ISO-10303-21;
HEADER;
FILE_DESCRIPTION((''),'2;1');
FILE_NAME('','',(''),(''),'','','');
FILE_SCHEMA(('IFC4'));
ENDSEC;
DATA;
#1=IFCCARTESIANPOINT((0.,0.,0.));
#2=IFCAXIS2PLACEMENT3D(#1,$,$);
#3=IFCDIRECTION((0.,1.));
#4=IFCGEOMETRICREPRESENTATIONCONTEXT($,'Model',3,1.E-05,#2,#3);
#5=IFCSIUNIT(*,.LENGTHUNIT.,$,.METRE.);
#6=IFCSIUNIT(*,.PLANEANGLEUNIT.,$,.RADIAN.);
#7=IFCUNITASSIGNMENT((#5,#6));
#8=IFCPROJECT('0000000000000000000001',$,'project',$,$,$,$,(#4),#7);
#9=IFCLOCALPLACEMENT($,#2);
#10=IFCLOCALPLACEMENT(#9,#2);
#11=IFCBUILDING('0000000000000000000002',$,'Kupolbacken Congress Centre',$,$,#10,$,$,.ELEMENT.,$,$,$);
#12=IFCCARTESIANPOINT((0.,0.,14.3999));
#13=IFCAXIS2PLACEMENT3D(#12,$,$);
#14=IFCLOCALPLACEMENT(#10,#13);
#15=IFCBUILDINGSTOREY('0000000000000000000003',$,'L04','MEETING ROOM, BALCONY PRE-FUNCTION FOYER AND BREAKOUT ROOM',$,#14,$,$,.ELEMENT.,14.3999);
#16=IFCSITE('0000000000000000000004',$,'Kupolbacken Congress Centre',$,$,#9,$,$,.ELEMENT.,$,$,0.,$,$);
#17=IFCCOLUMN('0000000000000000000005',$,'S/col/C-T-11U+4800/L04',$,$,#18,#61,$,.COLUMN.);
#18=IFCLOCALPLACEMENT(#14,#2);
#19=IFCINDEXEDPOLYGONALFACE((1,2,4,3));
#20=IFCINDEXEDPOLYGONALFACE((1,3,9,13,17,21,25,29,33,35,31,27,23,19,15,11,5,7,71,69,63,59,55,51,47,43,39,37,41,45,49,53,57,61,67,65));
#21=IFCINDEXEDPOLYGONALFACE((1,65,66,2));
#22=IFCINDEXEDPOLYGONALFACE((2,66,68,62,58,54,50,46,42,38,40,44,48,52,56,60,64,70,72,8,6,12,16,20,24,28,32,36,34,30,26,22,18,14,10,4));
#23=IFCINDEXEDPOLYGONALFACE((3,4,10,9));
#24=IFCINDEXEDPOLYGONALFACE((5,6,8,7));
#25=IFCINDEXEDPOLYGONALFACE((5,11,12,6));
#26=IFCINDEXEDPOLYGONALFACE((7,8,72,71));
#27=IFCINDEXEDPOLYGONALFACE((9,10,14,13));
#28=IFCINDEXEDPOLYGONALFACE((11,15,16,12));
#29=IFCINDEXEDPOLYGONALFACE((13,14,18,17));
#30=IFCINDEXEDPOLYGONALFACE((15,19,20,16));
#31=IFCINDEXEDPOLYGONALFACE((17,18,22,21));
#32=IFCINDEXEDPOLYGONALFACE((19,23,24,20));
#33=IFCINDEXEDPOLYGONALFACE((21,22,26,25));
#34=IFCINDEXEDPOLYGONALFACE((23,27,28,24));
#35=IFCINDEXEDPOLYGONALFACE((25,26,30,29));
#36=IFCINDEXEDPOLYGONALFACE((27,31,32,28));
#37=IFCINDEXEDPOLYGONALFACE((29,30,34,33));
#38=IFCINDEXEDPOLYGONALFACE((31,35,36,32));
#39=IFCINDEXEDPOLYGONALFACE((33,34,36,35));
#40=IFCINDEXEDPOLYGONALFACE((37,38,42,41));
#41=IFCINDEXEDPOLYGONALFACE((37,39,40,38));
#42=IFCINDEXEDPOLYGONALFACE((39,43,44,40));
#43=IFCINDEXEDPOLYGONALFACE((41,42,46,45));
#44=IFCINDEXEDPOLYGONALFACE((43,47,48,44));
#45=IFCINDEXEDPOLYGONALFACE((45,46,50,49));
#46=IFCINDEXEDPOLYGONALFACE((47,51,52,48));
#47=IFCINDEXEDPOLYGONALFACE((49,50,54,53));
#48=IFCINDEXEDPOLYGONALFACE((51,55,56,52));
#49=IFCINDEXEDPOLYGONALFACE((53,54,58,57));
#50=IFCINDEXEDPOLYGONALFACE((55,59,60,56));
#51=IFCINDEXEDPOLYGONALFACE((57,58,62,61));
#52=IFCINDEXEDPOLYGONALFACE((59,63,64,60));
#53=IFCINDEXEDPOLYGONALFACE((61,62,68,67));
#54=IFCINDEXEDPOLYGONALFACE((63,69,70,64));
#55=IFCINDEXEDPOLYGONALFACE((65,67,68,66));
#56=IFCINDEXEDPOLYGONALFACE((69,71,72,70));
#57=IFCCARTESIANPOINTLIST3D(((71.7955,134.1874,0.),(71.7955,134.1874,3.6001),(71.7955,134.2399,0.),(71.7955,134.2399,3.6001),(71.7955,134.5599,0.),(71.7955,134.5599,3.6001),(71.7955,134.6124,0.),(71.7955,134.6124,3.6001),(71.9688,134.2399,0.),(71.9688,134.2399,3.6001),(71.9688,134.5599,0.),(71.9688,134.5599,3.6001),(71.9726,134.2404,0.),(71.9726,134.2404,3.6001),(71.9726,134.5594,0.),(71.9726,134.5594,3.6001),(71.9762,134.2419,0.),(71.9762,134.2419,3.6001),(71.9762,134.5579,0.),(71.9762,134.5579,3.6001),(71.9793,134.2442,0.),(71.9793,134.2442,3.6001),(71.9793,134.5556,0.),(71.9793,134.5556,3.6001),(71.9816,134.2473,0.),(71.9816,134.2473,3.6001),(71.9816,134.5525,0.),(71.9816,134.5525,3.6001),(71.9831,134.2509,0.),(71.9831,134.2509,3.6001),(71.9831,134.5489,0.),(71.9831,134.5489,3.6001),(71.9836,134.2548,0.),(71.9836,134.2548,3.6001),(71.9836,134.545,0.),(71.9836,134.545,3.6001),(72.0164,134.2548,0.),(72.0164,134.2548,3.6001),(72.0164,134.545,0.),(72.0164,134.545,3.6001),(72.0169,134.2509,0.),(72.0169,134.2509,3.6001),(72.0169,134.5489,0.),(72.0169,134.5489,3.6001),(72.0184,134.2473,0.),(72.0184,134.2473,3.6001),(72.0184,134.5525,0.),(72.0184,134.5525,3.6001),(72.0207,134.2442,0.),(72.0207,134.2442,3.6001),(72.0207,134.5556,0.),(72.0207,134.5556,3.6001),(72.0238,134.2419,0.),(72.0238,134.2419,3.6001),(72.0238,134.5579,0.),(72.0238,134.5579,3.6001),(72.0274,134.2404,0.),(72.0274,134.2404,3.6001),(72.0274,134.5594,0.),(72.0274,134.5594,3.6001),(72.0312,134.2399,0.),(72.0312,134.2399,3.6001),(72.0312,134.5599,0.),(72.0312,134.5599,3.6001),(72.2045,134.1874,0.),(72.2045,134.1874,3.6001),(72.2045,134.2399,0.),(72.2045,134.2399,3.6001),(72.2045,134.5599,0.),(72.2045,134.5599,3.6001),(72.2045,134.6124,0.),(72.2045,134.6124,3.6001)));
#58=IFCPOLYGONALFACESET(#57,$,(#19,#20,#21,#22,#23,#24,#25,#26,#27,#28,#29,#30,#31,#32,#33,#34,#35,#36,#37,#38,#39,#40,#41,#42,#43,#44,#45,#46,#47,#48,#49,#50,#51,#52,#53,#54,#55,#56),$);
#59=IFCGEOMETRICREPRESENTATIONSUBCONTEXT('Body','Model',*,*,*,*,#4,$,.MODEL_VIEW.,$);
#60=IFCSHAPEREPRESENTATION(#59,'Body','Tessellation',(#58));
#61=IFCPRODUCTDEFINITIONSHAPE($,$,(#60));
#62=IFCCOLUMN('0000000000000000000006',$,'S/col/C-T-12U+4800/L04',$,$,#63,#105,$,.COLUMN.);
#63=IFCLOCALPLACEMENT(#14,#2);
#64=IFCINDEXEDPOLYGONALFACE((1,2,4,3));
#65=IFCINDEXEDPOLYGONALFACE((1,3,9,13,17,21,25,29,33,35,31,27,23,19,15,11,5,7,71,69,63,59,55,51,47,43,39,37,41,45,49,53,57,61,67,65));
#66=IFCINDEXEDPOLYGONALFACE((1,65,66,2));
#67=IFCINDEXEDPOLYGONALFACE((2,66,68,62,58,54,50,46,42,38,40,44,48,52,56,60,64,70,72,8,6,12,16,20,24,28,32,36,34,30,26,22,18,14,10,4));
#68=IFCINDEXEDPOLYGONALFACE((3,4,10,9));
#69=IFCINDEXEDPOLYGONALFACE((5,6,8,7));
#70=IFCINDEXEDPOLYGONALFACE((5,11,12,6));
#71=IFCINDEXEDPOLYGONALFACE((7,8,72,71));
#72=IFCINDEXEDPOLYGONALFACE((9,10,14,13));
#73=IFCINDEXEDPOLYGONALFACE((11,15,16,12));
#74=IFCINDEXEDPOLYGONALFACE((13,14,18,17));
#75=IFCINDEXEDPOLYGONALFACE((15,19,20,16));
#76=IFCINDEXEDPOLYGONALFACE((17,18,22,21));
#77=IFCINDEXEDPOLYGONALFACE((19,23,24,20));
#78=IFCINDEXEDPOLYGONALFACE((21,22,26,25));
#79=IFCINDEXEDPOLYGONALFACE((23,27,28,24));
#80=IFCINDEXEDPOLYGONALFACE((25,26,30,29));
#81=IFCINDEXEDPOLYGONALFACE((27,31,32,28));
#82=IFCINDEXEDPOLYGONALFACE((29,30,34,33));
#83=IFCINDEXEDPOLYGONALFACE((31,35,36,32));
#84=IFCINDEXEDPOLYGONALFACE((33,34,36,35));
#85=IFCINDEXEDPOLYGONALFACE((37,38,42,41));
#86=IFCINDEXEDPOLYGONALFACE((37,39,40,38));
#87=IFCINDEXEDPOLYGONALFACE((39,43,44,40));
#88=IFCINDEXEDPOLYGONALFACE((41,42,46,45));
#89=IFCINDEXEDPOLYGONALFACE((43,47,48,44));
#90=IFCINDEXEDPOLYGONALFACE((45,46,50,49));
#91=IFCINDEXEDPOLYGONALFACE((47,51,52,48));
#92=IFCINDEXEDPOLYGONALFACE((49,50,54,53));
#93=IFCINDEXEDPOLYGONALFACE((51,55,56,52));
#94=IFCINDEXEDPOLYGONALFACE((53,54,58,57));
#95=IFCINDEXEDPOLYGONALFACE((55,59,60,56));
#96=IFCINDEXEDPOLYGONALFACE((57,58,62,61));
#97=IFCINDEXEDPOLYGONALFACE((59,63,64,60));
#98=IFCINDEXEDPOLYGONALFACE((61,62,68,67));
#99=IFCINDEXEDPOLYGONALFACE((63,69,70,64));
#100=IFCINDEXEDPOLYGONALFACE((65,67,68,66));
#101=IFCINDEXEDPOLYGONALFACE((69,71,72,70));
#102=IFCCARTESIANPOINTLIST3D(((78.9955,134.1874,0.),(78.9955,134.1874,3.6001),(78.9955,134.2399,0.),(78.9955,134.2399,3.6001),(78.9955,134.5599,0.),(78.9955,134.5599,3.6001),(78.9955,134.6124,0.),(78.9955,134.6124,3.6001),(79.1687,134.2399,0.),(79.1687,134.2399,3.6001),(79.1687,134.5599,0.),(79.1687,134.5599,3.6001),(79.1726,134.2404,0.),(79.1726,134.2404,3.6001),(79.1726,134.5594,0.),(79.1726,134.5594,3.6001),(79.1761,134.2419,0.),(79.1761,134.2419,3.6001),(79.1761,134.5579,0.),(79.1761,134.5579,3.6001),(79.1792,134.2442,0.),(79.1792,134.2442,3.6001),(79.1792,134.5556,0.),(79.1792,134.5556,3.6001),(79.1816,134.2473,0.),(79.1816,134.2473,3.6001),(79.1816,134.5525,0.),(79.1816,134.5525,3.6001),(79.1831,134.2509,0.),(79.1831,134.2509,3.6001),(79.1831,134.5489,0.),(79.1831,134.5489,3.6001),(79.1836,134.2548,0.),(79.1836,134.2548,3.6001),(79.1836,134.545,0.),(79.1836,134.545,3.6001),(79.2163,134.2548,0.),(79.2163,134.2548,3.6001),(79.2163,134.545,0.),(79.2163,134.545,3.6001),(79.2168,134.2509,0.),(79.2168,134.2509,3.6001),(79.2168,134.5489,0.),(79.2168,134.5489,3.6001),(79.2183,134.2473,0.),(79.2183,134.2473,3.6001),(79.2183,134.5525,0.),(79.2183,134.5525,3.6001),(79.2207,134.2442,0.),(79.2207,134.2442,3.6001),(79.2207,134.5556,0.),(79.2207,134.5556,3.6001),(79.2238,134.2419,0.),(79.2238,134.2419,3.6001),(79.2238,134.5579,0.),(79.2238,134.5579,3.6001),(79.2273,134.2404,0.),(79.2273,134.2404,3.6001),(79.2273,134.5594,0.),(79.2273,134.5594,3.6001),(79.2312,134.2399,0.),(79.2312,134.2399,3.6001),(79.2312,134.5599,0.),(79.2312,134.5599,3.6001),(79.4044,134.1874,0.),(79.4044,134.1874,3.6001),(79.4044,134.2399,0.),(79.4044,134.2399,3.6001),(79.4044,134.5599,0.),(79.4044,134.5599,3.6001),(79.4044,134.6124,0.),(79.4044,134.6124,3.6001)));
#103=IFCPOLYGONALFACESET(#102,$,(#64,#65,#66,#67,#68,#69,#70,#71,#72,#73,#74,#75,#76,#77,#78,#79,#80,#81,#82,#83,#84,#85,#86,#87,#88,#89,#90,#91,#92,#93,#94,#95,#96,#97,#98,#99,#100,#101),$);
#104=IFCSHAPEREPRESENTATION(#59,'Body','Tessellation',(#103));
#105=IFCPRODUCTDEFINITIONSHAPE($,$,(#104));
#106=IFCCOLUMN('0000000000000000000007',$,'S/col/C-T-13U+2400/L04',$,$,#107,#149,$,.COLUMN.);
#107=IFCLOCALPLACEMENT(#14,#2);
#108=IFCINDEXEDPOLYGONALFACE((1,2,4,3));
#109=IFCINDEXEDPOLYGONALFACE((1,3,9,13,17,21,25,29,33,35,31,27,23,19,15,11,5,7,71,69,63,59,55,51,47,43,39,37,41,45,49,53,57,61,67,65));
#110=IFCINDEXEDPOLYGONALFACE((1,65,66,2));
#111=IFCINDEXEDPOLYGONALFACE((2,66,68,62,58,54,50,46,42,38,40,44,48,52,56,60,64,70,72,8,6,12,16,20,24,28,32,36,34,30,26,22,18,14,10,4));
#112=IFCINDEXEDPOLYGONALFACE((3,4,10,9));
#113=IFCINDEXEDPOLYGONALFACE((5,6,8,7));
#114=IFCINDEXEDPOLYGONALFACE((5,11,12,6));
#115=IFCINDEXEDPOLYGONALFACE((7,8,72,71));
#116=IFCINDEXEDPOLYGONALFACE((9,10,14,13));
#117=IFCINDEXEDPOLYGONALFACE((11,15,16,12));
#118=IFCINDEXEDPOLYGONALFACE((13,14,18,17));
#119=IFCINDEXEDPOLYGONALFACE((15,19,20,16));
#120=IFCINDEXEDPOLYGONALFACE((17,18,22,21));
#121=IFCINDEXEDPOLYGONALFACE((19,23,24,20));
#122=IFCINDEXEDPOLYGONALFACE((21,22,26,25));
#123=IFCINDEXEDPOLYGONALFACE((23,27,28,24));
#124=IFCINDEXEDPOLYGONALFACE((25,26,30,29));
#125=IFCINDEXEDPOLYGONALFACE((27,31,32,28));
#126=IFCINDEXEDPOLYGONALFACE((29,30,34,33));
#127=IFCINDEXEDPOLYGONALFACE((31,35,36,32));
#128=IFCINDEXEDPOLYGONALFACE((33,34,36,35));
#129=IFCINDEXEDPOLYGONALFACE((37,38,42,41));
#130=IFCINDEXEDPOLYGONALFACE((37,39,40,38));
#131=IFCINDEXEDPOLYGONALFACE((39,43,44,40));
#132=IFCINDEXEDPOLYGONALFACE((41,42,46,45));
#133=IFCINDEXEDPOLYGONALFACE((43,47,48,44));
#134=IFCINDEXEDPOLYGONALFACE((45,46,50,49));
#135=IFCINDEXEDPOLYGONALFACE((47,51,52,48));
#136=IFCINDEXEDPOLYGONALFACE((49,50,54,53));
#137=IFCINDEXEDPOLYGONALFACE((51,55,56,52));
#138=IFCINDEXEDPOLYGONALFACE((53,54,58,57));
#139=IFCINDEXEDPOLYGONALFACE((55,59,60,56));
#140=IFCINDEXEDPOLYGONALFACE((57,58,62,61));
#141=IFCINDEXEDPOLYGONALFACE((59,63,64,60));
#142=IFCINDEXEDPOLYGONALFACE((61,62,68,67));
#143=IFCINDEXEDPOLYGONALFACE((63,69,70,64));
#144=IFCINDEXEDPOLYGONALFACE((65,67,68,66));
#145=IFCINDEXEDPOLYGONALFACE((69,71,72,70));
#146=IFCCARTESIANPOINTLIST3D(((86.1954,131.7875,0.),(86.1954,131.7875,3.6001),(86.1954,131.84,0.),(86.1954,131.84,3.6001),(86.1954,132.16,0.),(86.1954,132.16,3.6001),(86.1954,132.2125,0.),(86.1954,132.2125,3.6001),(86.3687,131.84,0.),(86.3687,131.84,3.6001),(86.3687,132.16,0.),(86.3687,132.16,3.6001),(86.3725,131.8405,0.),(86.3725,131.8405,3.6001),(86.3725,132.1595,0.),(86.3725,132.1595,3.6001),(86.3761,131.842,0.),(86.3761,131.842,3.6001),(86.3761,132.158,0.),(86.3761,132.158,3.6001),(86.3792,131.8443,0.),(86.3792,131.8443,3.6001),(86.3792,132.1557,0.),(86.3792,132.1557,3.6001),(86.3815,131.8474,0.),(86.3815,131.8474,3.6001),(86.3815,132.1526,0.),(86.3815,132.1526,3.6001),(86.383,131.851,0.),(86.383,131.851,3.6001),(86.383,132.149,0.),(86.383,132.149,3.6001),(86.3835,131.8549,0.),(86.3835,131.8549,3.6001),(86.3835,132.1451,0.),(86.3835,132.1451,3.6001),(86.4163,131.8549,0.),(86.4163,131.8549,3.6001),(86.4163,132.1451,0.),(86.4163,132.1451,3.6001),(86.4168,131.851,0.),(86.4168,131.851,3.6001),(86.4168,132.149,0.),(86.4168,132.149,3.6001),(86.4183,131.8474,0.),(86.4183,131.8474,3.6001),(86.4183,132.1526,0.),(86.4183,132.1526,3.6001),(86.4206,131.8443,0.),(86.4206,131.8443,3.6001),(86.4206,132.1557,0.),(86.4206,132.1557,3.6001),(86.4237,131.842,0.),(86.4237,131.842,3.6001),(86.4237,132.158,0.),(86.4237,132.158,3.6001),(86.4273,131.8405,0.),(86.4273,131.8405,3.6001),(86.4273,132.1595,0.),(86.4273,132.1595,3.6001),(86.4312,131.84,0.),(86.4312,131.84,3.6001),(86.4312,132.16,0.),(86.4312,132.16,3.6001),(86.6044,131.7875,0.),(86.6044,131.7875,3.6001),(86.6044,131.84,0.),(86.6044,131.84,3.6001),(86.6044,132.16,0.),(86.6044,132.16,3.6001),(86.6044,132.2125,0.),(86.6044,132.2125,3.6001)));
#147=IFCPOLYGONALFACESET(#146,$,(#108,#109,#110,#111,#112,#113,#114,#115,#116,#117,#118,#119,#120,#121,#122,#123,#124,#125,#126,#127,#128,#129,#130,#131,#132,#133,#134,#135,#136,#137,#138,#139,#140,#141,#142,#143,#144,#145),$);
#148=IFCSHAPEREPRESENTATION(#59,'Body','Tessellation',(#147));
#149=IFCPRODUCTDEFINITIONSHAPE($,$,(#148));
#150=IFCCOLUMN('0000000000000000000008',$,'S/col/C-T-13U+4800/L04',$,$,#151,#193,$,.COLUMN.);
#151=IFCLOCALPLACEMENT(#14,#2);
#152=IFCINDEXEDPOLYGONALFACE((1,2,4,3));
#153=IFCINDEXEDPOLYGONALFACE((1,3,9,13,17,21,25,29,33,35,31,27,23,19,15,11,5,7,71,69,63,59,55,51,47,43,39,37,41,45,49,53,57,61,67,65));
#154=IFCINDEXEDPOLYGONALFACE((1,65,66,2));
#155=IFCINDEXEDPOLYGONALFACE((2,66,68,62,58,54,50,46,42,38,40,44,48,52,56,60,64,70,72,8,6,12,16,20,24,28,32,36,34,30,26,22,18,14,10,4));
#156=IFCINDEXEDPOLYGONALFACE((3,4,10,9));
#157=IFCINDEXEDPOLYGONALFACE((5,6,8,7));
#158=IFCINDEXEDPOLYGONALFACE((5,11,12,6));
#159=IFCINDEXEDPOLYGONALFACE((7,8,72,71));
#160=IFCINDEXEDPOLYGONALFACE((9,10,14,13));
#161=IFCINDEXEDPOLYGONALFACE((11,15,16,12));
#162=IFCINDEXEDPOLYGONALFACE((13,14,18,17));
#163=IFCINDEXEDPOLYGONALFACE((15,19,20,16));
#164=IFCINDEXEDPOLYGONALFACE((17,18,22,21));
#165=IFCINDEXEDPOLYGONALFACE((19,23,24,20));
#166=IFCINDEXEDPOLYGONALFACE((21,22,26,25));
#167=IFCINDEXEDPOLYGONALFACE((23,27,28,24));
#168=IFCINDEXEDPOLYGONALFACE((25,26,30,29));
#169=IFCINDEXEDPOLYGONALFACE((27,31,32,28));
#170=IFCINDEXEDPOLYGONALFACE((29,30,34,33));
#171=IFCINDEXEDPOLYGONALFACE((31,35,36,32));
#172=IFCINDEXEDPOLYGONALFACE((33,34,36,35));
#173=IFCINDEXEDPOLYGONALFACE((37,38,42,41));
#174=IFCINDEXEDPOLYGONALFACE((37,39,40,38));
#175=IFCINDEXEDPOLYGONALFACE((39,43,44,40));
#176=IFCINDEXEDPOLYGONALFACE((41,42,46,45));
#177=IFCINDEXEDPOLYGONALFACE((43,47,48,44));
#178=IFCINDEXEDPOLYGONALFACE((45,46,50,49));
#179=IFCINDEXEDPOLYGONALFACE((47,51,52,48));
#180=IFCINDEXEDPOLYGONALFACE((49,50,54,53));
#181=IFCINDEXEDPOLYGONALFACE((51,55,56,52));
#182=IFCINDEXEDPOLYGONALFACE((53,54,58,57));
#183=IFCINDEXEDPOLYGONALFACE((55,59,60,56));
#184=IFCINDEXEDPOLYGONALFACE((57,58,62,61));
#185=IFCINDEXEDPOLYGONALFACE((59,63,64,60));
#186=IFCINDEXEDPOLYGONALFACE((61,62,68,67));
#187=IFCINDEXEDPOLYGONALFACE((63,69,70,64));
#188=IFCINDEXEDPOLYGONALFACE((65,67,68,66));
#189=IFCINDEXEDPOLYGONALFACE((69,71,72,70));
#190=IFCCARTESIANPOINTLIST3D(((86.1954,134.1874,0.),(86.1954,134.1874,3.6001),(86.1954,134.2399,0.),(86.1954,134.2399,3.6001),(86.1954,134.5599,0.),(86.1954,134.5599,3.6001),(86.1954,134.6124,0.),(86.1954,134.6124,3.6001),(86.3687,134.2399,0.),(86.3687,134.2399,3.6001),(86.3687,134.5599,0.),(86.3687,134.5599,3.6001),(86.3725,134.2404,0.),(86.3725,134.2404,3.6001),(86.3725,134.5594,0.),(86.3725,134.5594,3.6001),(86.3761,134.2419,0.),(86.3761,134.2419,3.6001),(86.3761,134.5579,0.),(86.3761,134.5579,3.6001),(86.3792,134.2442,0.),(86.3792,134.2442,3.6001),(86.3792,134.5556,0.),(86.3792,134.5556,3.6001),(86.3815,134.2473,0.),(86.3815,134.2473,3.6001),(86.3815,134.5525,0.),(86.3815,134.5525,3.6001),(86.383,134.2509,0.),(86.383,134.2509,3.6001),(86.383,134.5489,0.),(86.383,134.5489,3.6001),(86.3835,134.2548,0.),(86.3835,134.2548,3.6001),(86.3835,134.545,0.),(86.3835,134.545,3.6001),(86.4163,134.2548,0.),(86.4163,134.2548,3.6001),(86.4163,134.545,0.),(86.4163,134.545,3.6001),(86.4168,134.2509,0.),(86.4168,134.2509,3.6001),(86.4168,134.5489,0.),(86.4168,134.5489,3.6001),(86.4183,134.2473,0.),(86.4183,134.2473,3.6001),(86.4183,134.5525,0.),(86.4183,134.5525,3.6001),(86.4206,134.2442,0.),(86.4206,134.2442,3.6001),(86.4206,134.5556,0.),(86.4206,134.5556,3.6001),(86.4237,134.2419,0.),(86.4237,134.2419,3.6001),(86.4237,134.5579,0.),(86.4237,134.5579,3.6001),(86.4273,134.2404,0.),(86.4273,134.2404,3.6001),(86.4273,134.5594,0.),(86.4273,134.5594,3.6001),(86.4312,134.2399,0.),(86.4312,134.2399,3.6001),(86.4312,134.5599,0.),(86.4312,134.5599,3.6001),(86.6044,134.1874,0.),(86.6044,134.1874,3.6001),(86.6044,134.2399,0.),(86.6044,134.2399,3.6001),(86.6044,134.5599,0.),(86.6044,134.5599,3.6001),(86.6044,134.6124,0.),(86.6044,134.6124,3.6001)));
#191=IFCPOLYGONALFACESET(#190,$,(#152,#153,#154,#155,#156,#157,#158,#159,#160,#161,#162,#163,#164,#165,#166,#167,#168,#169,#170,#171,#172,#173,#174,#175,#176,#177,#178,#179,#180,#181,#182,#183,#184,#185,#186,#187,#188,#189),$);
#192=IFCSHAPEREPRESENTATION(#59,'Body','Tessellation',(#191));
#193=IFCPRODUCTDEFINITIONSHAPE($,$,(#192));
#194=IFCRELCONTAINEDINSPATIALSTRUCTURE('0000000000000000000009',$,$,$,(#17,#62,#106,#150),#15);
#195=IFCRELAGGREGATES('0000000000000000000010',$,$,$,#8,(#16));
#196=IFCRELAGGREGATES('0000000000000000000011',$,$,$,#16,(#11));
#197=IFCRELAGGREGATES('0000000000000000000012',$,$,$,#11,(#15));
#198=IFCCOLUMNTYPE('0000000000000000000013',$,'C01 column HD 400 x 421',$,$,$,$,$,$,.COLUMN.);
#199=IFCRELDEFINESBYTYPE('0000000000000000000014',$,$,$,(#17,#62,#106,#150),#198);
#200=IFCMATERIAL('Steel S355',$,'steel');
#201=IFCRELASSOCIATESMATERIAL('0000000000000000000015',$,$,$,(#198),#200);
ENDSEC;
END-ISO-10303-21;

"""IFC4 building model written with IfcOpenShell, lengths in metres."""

from ifc_helpers import new_model, si_unit, direction, frame, origin, origin_2d, place, context, subcontext, project, spatial, i_section, extrude, material, material_profile, profile_set, type_object, element, save


model = new_model("IFC4")

# Units and contexts
model_context = context("Model", 3, precision=1e-05, world=origin(), true_north=direction((0.0, 1.0)))
body_context = subcontext(model_context, "Body", "Model", "MODEL_VIEW")
ifc_project = project(units=[si_unit("LENGTHUNIT", "METRE"), si_unit("PLANEANGLEUNIT", "RADIAN")], contexts=[model_context])

# Site, building, storey
site_placement = place(None, origin())
site = spatial("IfcSite", under=ifc_project, at=site_placement, Name="Kupolbacken Congress Centre", CompositionType="ELEMENT", RefElevation=0.0)
building_placement = place(site_placement, origin())
building = spatial("IfcBuilding", under=site, at=building_placement, Name="Kupolbacken Congress Centre", CompositionType="ELEMENT")
storey_placement = place(building_placement, frame((0.0, 0.0, 14.3999)))
storey = spatial("IfcBuildingStorey", under=building, at=storey_placement, Name="L04", Description="MEETING ROOM, BALCONY PRE-FUNCTION FOYER AND BREAKOUT ROOM", CompositionType="ELEMENT", Elevation=14.3999)

# Columns
ifc_material_1 = material(Name="Steel S355", Category="steel")
ifc_material_profile_1 = material_profile(ifc_material_1, i_section(OverallWidth=0.4089, OverallDepth=0.425, WebThickness=0.0327, FlangeThickness=0.0525, FilletRadius=0.0149, at=origin_2d()), Name="HD 400 x 421")
ifc_profile_set_1 = profile_set([ifc_material_profile_1], Name="Steel S355")
column_type_1 = type_object("IfcColumnType", Name="C01 column HD 400 x 421", PredefinedType="COLUMN", material=ifc_profile_set_1)
for number, where, z_axis, x_axis, name in (
    (1, (72.0, 134.3999, 0.0), (0.0, 0.0, 1.0), (1.0, 0.0, 0.0), "S/col/C-T-11U+4800/L04"),
    (2, (79.2, 134.3999, 0.0), (0.0, 0.0, 1.0), (1.0, 0.0, 0.0), "S/col/C-T-12U+4800/L04"),
    (3, (86.3999, 132.0, 0.0), (0.0, 0.0, 1.0), (1.0, 0.0, 0.0), "S/col/C-T-13U+2400/L04"),
    (4, (86.3999, 134.3999, 0.0), (0.0, 0.0, 1.0), (1.0, 0.0, 0.0), "S/col/C-T-13U+4800/L04"),
):
    element("IfcColumn", number, at=place(storey_placement, frame(where, z_axis=z_axis, x_axis=x_axis)), inside=storey, type_object=column_type_1, Name=name, PredefinedType="COLUMN", context=body_context, shape_type="SweptSolid", body=[
        extrude(i_section(OverallWidth=0.4089, OverallDepth=0.425, WebThickness=0.0327, FlangeThickness=0.0525, FilletRadius=0.0149, at=origin_2d()), origin(), (0.0, 0.0, 1.0), 3.6001),
    ])

save(model, "model.ifc")
